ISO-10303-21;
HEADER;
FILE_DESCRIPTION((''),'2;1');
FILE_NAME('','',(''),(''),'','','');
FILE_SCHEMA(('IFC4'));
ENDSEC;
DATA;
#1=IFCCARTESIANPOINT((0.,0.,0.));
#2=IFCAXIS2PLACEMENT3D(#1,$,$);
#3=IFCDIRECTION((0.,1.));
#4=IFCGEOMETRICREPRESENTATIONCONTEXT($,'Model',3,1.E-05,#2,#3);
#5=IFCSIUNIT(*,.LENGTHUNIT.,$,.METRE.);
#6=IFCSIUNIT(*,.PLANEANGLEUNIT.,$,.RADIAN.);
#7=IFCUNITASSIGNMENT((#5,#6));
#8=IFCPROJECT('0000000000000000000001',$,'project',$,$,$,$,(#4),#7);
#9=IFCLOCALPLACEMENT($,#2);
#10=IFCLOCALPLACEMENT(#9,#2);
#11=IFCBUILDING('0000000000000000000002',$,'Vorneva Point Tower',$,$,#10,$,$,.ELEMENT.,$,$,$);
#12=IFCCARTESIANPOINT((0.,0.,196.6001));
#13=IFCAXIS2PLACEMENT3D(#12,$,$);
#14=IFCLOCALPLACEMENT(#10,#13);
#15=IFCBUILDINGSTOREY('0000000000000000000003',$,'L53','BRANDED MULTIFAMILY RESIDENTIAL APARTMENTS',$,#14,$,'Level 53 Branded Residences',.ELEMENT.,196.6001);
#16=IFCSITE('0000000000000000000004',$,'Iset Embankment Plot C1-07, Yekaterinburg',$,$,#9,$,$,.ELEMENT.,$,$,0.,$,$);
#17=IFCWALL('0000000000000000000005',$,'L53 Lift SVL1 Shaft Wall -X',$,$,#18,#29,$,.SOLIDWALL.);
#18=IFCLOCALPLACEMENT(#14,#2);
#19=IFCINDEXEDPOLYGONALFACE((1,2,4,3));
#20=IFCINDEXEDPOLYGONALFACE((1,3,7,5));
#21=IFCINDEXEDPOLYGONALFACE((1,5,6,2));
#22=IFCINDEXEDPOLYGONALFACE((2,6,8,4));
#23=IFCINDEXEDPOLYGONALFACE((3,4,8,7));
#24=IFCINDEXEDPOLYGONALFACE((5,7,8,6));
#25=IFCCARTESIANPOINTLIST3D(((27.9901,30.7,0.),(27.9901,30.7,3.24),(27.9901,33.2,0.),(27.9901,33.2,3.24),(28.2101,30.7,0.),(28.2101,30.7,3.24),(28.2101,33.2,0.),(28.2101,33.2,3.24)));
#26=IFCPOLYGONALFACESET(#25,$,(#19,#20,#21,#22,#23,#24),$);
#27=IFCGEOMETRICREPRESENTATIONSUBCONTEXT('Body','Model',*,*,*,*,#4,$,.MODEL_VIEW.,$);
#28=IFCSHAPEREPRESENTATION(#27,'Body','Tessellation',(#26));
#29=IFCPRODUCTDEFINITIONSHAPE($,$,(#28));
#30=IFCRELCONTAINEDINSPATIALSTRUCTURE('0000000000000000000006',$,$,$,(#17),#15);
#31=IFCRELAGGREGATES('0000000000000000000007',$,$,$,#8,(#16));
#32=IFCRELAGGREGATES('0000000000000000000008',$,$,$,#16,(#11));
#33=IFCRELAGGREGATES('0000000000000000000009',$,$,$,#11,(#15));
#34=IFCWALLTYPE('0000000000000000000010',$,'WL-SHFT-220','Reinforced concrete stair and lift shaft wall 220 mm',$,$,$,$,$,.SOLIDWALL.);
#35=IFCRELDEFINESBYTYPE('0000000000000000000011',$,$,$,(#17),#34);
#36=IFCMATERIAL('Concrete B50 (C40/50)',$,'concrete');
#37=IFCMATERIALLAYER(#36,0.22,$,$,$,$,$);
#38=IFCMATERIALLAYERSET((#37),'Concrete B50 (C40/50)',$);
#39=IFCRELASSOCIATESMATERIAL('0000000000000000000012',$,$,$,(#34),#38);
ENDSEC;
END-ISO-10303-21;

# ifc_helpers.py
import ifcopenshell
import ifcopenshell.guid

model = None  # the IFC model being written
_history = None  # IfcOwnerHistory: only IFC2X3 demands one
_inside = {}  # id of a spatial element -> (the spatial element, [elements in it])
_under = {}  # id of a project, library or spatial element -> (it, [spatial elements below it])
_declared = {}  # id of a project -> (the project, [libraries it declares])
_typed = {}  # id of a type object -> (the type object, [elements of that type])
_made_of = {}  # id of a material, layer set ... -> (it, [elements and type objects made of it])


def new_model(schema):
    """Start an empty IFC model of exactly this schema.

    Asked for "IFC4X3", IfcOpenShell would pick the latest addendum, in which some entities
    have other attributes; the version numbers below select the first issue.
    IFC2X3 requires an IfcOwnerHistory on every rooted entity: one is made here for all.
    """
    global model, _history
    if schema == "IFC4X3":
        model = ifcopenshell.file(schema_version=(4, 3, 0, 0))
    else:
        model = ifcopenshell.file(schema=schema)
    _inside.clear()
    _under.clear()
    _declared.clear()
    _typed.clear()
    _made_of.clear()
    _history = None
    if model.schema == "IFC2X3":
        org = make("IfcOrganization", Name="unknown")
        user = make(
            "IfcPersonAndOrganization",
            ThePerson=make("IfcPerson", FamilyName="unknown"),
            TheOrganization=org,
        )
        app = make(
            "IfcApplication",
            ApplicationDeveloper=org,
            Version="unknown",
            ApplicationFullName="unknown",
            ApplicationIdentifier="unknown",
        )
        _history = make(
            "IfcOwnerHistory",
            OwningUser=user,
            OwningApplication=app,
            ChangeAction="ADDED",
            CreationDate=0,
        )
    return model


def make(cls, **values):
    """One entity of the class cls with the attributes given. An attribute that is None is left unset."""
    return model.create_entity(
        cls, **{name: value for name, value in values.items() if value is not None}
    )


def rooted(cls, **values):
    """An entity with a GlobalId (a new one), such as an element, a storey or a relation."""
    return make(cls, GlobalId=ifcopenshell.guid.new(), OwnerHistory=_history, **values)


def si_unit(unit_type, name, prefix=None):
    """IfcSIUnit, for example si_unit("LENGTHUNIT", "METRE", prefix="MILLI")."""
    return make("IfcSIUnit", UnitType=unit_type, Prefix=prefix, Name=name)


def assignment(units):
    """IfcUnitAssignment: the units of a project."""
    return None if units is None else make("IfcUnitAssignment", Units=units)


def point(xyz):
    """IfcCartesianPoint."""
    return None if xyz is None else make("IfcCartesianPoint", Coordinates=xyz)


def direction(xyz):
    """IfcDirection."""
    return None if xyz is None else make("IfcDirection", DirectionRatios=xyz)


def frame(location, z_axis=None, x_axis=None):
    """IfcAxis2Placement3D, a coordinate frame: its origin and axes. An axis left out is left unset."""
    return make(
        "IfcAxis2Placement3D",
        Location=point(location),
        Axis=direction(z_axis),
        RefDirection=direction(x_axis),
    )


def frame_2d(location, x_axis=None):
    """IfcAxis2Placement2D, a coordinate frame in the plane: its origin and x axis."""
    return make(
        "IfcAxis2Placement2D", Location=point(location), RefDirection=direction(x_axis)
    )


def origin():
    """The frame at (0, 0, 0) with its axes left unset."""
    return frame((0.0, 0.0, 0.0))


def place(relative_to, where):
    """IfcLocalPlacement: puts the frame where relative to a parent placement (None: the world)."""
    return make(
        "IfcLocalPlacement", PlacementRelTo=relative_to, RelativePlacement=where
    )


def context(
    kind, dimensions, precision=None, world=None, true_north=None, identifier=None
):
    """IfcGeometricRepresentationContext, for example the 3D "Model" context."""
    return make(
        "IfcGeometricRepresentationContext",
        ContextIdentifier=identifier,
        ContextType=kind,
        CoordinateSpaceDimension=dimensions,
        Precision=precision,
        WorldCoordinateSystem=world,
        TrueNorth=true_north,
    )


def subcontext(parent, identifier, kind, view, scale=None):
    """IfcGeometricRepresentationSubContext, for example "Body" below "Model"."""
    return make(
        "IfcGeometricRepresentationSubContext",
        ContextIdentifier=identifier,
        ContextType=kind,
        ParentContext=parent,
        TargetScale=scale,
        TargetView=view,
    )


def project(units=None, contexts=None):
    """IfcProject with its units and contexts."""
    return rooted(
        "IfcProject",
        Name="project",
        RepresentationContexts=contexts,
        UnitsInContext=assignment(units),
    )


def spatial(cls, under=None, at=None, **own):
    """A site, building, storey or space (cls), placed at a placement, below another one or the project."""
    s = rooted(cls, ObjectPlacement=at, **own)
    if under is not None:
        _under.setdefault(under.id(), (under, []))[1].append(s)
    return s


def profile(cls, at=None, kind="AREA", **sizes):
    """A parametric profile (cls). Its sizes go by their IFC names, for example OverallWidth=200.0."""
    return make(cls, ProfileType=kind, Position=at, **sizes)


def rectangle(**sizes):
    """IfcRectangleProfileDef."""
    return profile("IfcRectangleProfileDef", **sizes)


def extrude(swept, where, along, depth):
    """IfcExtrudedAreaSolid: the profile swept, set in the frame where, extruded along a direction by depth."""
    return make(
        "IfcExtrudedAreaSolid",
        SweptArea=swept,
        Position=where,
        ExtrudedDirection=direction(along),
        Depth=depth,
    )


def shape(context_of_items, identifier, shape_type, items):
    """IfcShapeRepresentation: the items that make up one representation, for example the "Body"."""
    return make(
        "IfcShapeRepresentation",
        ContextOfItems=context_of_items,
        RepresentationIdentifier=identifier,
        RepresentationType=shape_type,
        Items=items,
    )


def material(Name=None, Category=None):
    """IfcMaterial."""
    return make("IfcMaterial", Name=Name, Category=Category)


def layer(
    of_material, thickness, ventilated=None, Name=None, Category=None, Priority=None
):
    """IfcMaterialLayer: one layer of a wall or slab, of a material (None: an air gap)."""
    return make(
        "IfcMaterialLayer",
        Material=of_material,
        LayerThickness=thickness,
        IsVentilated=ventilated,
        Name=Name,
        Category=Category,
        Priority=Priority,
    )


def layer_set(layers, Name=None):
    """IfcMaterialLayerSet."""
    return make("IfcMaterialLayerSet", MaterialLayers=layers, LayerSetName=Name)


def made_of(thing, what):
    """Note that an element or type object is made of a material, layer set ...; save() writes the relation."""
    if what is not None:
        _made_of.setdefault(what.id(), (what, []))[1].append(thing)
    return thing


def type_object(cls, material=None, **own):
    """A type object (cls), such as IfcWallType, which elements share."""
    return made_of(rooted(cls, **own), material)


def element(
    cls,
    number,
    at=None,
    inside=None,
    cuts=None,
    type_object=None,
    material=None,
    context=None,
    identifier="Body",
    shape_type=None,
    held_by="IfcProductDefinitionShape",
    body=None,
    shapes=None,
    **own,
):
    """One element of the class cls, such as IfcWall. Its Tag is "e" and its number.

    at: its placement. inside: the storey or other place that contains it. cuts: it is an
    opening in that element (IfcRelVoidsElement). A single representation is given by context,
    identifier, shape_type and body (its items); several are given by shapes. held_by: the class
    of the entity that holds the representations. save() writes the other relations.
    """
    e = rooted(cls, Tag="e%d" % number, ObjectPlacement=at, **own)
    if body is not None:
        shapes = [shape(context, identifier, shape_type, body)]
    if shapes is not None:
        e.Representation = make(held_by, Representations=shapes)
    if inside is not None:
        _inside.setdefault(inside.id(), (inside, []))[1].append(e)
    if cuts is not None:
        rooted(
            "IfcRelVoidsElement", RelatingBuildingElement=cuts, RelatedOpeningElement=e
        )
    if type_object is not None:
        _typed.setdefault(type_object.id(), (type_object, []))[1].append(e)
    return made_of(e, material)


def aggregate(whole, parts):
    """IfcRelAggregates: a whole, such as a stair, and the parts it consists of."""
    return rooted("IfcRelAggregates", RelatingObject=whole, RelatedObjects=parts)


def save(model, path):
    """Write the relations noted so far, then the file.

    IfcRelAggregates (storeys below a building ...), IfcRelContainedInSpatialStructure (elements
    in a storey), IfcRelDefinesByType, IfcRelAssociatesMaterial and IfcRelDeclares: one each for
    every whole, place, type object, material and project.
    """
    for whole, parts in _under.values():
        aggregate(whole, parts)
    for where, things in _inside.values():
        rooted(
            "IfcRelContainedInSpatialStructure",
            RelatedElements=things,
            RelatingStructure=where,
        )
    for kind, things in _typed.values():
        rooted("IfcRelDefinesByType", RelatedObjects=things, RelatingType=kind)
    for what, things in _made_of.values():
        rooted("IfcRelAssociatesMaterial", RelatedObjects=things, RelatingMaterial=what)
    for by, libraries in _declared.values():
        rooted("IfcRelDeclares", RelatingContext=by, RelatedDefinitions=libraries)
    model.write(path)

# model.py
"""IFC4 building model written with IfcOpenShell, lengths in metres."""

from ifc_helpers import new_model, si_unit, direction, frame, frame_2d, origin, place, context, subcontext, project, spatial, rectangle, extrude, material, layer, layer_set, type_object, element, save


model = new_model("IFC4")

# Units and contexts
model_context = context("Model", 3, precision=1e-05, world=origin(), true_north=direction((0.0, 1.0)))
body_context = subcontext(model_context, "Body", "Model", "MODEL_VIEW")
ifc_project = project(units=[si_unit("LENGTHUNIT", "METRE"), si_unit("PLANEANGLEUNIT", "RADIAN")], contexts=[model_context])

# Site, building, storey
site_placement = place(None, origin())
site = spatial("IfcSite", under=ifc_project, at=site_placement, Name="Iset Embankment Plot C1-07, Yekaterinburg", CompositionType="ELEMENT", RefElevation=0.0)
building_placement = place(site_placement, origin())
building = spatial("IfcBuilding", under=site, at=building_placement, Name="Vorneva Point Tower", CompositionType="ELEMENT")
storey_placement = place(building_placement, frame((0.0, 0.0, 196.6001)))
storey = spatial("IfcBuildingStorey", under=building, at=storey_placement, Name="L53", Description="BRANDED MULTIFAMILY RESIDENTIAL APARTMENTS", LongName="Level 53 Branded Residences", CompositionType="ELEMENT", Elevation=196.6001)

# Shared definitions
ifc_material_1 = material(Name="Concrete B50 (C40/50)", Category="concrete")

# Shared definitions
ifc_layer_1 = layer(ifc_material_1, 0.22)
ifc_layer_set_1 = layer_set([ifc_layer_1], Name="Concrete B50 (C40/50)")
wall_type_1 = type_object("IfcWallType", Name="WL-SHFT-220", Description="Reinforced concrete stair and lift shaft wall 220 mm", PredefinedType="SOLIDWALL", material=ifc_layer_set_1)

# Wall
wall_1_placement = place(storey_placement, frame((28.1001, 33.2, 0.0), z_axis=(0.0, 0.0, 1.0), x_axis=(0.0, -1.0, 0.0)))
element("IfcWall", 1, at=wall_1_placement, inside=storey, type_object=wall_type_1, Name="L53 Lift SVL1 Shaft Wall -X", PredefinedType="SOLIDWALL", context=body_context, shape_type="SweptSolid", body=[
    extrude(rectangle(XDim=2.5, YDim=0.22, at=frame_2d((1.25, 0.0))), origin(), (0.0, 0.0, 1.0), 3.24),
])

save(model, "model.ifc")
